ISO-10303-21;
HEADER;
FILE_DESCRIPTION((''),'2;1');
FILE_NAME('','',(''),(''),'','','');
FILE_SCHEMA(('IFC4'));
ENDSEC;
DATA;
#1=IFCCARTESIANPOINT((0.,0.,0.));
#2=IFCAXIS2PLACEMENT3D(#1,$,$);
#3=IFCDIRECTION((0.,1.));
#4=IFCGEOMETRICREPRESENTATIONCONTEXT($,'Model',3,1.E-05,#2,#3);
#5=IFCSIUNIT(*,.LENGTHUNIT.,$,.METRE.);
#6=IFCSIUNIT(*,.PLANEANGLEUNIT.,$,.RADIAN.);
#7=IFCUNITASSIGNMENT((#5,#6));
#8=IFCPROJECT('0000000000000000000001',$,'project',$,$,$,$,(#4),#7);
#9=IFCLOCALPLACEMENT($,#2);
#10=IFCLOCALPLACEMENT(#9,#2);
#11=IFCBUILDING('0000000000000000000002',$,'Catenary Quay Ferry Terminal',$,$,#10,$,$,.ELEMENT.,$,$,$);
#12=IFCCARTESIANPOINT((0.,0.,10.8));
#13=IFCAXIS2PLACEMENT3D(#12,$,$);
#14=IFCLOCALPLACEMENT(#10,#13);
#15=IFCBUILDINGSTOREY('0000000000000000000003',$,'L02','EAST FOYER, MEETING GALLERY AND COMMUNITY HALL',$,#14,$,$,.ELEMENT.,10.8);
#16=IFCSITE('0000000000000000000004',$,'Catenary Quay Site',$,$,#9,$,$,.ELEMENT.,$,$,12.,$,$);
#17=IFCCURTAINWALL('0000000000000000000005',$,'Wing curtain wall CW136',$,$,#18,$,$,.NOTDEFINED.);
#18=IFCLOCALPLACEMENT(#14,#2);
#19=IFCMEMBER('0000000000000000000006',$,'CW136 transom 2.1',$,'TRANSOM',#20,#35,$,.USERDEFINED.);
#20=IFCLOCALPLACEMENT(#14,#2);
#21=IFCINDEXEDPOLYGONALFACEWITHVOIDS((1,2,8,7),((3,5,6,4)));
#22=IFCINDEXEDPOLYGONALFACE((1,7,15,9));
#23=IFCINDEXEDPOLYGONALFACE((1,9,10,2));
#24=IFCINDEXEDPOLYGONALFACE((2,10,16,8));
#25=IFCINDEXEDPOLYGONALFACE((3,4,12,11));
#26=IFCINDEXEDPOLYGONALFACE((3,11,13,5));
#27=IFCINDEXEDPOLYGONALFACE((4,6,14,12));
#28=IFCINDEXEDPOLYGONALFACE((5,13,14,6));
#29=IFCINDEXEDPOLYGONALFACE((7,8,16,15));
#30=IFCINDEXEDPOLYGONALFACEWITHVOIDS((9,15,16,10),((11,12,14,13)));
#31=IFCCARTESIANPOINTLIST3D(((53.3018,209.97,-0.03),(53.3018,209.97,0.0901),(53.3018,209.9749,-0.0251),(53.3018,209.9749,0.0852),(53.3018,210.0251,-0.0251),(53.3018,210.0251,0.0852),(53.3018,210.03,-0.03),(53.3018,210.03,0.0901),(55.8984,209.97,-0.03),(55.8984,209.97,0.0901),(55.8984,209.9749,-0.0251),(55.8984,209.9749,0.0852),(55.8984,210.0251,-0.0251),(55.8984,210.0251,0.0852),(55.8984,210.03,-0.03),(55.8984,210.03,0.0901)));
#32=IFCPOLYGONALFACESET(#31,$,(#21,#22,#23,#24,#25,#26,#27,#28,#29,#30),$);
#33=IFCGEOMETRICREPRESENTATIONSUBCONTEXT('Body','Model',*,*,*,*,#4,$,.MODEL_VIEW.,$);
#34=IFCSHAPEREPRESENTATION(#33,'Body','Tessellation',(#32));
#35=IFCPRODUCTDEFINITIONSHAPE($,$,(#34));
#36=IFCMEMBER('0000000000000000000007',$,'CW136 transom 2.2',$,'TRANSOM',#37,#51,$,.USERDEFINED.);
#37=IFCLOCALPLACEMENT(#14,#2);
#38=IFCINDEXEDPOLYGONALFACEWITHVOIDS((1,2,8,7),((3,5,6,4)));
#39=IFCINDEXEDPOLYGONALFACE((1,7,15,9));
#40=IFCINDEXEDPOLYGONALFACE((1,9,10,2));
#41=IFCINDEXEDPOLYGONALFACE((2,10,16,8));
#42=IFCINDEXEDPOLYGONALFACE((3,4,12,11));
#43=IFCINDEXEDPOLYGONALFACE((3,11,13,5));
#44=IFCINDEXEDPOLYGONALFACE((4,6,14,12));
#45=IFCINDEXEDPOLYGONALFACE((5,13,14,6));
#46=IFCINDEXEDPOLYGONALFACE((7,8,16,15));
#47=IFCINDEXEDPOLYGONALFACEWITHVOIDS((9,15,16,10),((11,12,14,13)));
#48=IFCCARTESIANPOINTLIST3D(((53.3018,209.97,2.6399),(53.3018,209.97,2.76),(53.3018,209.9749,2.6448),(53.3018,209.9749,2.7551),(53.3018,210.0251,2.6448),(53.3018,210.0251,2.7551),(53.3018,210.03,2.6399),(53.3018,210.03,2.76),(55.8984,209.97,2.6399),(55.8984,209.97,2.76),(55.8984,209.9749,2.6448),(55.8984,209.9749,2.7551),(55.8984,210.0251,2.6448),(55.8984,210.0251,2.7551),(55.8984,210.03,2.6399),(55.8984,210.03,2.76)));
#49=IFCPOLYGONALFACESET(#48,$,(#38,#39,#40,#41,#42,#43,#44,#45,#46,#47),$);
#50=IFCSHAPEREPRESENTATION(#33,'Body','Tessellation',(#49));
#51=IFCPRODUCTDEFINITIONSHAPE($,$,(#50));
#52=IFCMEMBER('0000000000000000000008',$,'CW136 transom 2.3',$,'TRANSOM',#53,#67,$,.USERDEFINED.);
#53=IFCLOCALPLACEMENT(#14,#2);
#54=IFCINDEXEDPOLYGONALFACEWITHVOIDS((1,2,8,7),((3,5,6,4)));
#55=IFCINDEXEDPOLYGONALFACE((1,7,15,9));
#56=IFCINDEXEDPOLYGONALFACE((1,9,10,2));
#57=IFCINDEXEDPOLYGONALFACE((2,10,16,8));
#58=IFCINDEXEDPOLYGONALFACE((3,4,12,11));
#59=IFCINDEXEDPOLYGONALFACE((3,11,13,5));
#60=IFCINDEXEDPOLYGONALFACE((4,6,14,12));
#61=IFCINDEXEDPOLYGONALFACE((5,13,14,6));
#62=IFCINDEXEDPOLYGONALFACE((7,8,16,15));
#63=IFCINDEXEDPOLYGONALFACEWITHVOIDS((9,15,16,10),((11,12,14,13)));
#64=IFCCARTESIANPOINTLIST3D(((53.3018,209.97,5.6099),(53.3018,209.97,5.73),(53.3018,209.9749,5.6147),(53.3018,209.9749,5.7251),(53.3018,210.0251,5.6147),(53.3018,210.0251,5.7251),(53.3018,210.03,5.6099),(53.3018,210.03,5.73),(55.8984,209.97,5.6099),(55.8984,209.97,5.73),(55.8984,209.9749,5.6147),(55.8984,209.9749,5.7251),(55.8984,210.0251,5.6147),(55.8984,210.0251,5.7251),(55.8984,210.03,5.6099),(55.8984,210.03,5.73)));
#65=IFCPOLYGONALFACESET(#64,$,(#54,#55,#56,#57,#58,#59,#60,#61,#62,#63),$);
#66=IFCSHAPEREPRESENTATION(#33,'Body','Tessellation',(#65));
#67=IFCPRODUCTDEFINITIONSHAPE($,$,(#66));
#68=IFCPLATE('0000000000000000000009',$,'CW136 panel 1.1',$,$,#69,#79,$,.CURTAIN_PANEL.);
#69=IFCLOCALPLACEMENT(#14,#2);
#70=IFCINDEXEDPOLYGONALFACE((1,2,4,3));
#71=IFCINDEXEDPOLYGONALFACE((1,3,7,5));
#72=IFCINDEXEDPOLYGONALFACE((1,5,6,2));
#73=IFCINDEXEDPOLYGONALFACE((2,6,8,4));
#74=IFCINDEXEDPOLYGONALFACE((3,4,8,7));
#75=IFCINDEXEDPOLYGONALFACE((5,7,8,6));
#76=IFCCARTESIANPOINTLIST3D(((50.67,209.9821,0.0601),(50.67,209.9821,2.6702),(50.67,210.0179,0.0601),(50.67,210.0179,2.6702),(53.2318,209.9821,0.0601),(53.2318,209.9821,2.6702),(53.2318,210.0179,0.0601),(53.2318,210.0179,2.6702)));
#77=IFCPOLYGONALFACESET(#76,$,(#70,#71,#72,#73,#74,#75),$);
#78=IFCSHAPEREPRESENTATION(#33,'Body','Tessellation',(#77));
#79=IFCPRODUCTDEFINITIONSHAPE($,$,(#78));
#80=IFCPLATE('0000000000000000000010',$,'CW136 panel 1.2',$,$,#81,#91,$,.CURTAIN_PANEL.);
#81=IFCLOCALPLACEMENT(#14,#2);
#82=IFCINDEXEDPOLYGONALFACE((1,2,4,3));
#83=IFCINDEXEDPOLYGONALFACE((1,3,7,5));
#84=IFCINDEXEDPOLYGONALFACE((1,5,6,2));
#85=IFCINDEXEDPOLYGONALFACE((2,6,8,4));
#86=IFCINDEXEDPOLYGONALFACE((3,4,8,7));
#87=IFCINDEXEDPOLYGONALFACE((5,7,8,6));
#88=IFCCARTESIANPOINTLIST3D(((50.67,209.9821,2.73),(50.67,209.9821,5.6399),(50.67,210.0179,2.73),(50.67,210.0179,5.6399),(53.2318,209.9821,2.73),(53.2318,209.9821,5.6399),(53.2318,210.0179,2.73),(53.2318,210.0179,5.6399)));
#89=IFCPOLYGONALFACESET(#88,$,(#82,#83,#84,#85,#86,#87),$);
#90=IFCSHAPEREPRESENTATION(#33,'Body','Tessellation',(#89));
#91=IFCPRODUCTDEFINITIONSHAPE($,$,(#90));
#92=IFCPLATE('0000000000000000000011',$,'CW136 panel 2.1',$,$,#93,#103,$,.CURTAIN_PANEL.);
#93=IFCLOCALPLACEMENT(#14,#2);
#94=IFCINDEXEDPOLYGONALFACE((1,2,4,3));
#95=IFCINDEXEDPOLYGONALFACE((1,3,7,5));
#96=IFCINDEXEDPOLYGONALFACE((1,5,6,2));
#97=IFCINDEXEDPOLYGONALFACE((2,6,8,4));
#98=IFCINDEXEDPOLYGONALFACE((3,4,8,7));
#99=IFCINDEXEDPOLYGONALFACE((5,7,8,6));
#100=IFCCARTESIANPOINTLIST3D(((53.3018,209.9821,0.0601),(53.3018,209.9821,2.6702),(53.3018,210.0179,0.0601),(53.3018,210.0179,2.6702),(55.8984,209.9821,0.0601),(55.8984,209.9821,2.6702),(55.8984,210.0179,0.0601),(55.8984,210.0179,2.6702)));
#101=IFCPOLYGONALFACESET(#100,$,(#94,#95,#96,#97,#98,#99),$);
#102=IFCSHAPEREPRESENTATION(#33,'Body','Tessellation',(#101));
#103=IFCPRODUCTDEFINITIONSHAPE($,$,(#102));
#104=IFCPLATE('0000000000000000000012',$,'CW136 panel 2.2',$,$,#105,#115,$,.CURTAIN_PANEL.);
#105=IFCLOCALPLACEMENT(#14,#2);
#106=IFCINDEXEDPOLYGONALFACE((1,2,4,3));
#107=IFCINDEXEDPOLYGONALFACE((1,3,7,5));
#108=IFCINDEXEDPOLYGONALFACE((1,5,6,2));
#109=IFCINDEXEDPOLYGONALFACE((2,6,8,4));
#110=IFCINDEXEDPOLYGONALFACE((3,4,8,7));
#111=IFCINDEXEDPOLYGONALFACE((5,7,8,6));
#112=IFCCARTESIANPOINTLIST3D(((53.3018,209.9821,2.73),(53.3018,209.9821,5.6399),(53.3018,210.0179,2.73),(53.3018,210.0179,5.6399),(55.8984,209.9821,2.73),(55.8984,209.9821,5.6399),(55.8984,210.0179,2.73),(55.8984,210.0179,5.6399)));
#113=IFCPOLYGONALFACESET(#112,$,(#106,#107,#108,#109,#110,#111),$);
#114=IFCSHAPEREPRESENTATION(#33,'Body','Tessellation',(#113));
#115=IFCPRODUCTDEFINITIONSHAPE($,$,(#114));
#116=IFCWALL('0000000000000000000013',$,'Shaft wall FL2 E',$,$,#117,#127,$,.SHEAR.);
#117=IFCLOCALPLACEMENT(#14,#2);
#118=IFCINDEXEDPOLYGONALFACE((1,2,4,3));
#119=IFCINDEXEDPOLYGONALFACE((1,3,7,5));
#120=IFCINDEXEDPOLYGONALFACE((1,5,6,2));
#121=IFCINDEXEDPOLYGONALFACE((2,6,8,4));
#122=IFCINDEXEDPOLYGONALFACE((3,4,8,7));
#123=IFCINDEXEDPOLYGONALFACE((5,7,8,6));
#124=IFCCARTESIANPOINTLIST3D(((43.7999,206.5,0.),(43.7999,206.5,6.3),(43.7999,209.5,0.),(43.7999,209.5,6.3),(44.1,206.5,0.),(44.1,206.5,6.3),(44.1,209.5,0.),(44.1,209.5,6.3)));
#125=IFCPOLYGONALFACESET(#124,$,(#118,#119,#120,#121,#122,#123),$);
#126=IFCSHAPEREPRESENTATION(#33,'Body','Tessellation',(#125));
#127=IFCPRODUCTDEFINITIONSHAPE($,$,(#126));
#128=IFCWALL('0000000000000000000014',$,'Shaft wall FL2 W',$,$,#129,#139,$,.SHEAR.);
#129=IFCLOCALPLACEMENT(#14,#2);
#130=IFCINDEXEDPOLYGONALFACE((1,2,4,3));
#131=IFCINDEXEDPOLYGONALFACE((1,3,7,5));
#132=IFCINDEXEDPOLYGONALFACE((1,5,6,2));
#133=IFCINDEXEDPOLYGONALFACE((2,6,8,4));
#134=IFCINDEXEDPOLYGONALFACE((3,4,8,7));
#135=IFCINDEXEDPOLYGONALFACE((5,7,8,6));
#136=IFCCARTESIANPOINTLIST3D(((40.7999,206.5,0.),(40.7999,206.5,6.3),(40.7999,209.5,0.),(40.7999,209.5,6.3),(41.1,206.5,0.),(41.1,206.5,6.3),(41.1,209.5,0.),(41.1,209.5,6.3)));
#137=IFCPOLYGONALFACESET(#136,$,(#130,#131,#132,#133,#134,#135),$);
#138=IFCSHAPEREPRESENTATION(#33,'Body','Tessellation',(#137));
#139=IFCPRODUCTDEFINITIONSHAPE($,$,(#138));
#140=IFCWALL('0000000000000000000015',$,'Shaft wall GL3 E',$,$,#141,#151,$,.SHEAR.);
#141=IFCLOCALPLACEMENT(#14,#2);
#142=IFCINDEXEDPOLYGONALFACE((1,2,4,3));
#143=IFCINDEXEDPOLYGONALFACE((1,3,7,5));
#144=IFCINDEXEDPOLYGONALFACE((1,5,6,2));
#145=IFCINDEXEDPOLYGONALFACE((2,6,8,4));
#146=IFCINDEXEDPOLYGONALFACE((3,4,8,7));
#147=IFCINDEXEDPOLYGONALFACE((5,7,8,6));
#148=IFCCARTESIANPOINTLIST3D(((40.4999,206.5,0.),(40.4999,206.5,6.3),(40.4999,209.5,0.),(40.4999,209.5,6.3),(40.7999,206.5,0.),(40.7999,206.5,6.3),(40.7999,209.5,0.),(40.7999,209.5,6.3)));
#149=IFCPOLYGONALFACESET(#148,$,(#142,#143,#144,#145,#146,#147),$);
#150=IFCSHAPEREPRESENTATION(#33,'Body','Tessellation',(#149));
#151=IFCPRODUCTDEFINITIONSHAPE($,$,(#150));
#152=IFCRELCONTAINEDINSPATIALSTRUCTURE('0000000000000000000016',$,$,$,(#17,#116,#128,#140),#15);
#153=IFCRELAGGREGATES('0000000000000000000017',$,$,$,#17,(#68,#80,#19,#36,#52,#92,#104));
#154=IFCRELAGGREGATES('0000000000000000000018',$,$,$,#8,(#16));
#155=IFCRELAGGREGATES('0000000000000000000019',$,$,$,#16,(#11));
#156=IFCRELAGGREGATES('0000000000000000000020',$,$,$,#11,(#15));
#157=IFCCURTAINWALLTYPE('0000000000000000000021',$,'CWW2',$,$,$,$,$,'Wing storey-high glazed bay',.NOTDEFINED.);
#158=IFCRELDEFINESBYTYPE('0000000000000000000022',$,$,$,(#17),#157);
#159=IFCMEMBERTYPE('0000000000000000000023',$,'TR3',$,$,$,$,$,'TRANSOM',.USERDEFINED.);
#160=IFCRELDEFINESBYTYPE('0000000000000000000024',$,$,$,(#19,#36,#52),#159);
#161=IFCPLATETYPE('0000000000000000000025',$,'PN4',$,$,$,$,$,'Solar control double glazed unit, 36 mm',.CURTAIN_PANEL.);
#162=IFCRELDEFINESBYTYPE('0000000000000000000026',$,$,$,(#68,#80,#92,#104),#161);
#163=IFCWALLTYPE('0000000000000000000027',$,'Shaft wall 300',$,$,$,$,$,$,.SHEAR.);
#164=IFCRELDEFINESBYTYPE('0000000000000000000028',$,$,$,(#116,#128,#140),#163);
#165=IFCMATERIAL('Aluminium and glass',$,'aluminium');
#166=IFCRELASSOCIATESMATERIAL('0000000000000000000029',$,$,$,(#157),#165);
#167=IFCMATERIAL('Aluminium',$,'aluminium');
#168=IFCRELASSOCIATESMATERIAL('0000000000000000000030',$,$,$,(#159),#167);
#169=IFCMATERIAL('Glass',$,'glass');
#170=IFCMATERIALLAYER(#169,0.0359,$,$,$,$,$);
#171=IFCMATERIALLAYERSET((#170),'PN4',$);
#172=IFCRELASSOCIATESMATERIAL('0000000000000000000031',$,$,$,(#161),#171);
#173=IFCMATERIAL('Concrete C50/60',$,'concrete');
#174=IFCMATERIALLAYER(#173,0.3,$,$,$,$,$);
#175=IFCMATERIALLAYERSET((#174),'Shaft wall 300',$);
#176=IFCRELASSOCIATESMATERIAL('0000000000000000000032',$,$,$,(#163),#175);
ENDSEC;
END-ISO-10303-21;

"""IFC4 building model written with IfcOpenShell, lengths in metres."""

from ifc_helpers import new_model, si_unit, direction, frame, frame_2d, origin, origin_2d, place, context, subcontext, project, spatial, rectangle, hollow_rectangle, extrude, material, layer, layer_set, material_profile, profile_set, type_object, element, aggregate, save


model = new_model("IFC4")

# Units and contexts
model_context = context("Model", 3, precision=1e-05, world=origin(), true_north=direction((0.0, 1.0)))
body_context = subcontext(model_context, "Body", "Model", "MODEL_VIEW")
ifc_project = project(units=[si_unit("LENGTHUNIT", "METRE"), si_unit("PLANEANGLEUNIT", "RADIAN")], contexts=[model_context])

# Site, building, storey
site_placement = place(None, origin())
site = spatial("IfcSite", under=ifc_project, at=site_placement, Name="Catenary Quay Site", CompositionType="ELEMENT", RefElevation=12.0)
building_placement = place(site_placement, origin())
building = spatial("IfcBuilding", under=site, at=building_placement, Name="Catenary Quay Ferry Terminal", CompositionType="ELEMENT")
storey_placement = place(building_placement, frame((0.0, 0.0, 10.8)))
storey = spatial("IfcBuildingStorey", under=building, at=storey_placement, Name="L02", Description="EAST FOYER, MEETING GALLERY AND COMMUNITY HALL", CompositionType="ELEMENT", Elevation=10.8)

# Curtain wall, members, plates
ifc_material_1 = material(Name="Aluminium and glass", Category="aluminium")
curtain_wall_type = type_object("IfcCurtainWallType", Name="CWW2", ElementType="Wing storey-high glazed bay", PredefinedType="NOTDEFINED", material=ifc_material_1)
curtain_wall_placement = place(storey_placement, origin())
curtain_wall = element("IfcCurtainWall", 1, at=curtain_wall_placement, inside=storey, type_object=curtain_wall_type, Name="Wing curtain wall CW136", PredefinedType="NOTDEFINED")
ifc_material_2 = material(Name="Aluminium", Category="aluminium")
ifc_material_profile_1 = material_profile(ifc_material_2, hollow_rectangle(XDim=0.0601, YDim=0.1201, WallThickness=0.0049, at=origin_2d()), Name="TR3")
ifc_profile_set_1 = profile_set([ifc_material_profile_1], Name="Aluminium")
member_type_1 = type_object("IfcMemberType", Name="TR3", ElementType="TRANSOM", PredefinedType="USERDEFINED", material=ifc_profile_set_1)
member_1_placement = place(storey_placement, frame((53.3018, 210.0, 0.03), z_axis=(1.0, 0.0, 0.0), x_axis=(0.0, 1.0, 0.0)))
member_1 = element("IfcMember", 2, at=member_1_placement, type_object=member_type_1, Name="CW136 transom 2.1", ObjectType="TRANSOM", PredefinedType="USERDEFINED", context=body_context, shape_type="SweptSolid", body=[
    extrude(hollow_rectangle(XDim=0.0601, YDim=0.1201, WallThickness=0.0049, at=origin_2d()), origin(), (0.0, 0.0, 1.0), 2.5967),
])
member_2_placement = place(storey_placement, frame((53.3018, 210.0, 2.7), z_axis=(1.0, 0.0, 0.0), x_axis=(0.0, 1.0, 0.0)))
member_2 = element("IfcMember", 3, at=member_2_placement, type_object=member_type_1, Name="CW136 transom 2.2", ObjectType="TRANSOM", PredefinedType="USERDEFINED", context=body_context, shape_type="SweptSolid", body=[
    extrude(hollow_rectangle(XDim=0.0601, YDim=0.1201, WallThickness=0.0049, at=origin_2d()), origin(), (0.0, 0.0, 1.0), 2.5967),
])
member_3_placement = place(storey_placement, frame((53.3018, 210.0, 5.6699), z_axis=(1.0, 0.0, 0.0), x_axis=(0.0, 1.0, 0.0)))
member_3 = element("IfcMember", 4, at=member_3_placement, type_object=member_type_1, Name="CW136 transom 2.3", ObjectType="TRANSOM", PredefinedType="USERDEFINED", context=body_context, shape_type="SweptSolid", body=[
    extrude(hollow_rectangle(XDim=0.0601, YDim=0.1201, WallThickness=0.0049, at=origin_2d()), origin(), (0.0, 0.0, 1.0), 2.5967),
])
ifc_material_3 = material(Name="Glass", Category="glass")
ifc_layer_1 = layer(ifc_material_3, 0.0359)
ifc_layer_set_1 = layer_set([ifc_layer_1], Name="PN4")
plate_type = type_object("IfcPlateType", Name="PN4", ElementType="Solar control double glazed unit, 36 mm", PredefinedType="CURTAIN_PANEL", material=ifc_layer_set_1)
plate_1_placement = place(storey_placement, frame((51.9509, 210.0, 0.0601), z_axis=(0.0, 0.0, 1.0), x_axis=(1.0, 0.0, 0.0)))
plate_1 = element("IfcPlate", 5, at=plate_1_placement, type_object=plate_type, Name="CW136 panel 1.1", PredefinedType="CURTAIN_PANEL", context=body_context, shape_type="SweptSolid", body=[
    extrude(rectangle(XDim=2.5618, YDim=0.0359, at=origin_2d()), origin(), (0.0, 0.0, 1.0), 2.6101),
])
plate_2_placement = place(storey_placement, frame((51.9509, 210.0, 2.73), z_axis=(0.0, 0.0, 1.0), x_axis=(1.0, 0.0, 0.0)))
plate_2 = element("IfcPlate", 6, at=plate_2_placement, type_object=plate_type, Name="CW136 panel 1.2", PredefinedType="CURTAIN_PANEL", context=body_context, shape_type="SweptSolid", body=[
    extrude(rectangle(XDim=2.5618, YDim=0.0359, at=origin_2d()), origin(), (0.0, 0.0, 1.0), 2.9099),
])
plate_3_placement = place(storey_placement, frame((54.6001, 210.0, 0.0601), z_axis=(0.0, 0.0, 1.0), x_axis=(1.0, 0.0, 0.0)))
plate_3 = element("IfcPlate", 7, at=plate_3_placement, type_object=plate_type, Name="CW136 panel 2.1", PredefinedType="CURTAIN_PANEL", context=body_context, shape_type="SweptSolid", body=[
    extrude(rectangle(XDim=2.5967, YDim=0.0359, at=origin_2d()), origin(), (0.0, 0.0, 1.0), 2.6101),
])
plate_4_placement = place(storey_placement, frame((54.6001, 210.0, 2.73), z_axis=(0.0, 0.0, 1.0), x_axis=(1.0, 0.0, 0.0)))
plate_4 = element("IfcPlate", 8, at=plate_4_placement, type_object=plate_type, Name="CW136 panel 2.2", PredefinedType="CURTAIN_PANEL", context=body_context, shape_type="SweptSolid", body=[
    extrude(rectangle(XDim=2.5967, YDim=0.0359, at=origin_2d()), origin(), (0.0, 0.0, 1.0), 2.9099),
])
aggregate(curtain_wall, [plate_1, plate_2, member_1, member_2, member_3, plate_3, plate_4])

# Walls
ifc_material_4 = material(Name="Concrete C50/60", Category="concrete")
ifc_layer_2 = layer(ifc_material_4, 0.3)
ifc_layer_set_2 = layer_set([ifc_layer_2], Name="Shaft wall 300")
wall_type = type_object("IfcWallType", Name="Shaft wall 300", PredefinedType="SHEAR", material=ifc_layer_set_2)
for number, where, z_axis, x_axis, name in (
    (9, (43.95, 206.5, 0.0), (0.0, 0.0, 1.0), (0.0, 1.0, 0.0), "Shaft wall FL2 E"),
    (10, (40.95, 206.5, 0.0), (0.0, 0.0, 1.0), (0.0, 1.0, 0.0), "Shaft wall FL2 W"),
    (11, (40.6499, 206.5, 0.0), (0.0, 0.0, 1.0), (0.0, 1.0, 0.0), "Shaft wall GL3 E"),
):
    element("IfcWall", number, at=place(storey_placement, frame(where, z_axis=z_axis, x_axis=x_axis)), inside=storey, type_object=wall_type, Name=name, PredefinedType="SHEAR", context=body_context, shape_type="SweptSolid", body=[
        extrude(rectangle(XDim=3.0, YDim=0.3, at=frame_2d((1.5, 0.0))), origin(), (0.0, 0.0, 1.0), 6.3),
    ])

save(model, "model.ifc")
